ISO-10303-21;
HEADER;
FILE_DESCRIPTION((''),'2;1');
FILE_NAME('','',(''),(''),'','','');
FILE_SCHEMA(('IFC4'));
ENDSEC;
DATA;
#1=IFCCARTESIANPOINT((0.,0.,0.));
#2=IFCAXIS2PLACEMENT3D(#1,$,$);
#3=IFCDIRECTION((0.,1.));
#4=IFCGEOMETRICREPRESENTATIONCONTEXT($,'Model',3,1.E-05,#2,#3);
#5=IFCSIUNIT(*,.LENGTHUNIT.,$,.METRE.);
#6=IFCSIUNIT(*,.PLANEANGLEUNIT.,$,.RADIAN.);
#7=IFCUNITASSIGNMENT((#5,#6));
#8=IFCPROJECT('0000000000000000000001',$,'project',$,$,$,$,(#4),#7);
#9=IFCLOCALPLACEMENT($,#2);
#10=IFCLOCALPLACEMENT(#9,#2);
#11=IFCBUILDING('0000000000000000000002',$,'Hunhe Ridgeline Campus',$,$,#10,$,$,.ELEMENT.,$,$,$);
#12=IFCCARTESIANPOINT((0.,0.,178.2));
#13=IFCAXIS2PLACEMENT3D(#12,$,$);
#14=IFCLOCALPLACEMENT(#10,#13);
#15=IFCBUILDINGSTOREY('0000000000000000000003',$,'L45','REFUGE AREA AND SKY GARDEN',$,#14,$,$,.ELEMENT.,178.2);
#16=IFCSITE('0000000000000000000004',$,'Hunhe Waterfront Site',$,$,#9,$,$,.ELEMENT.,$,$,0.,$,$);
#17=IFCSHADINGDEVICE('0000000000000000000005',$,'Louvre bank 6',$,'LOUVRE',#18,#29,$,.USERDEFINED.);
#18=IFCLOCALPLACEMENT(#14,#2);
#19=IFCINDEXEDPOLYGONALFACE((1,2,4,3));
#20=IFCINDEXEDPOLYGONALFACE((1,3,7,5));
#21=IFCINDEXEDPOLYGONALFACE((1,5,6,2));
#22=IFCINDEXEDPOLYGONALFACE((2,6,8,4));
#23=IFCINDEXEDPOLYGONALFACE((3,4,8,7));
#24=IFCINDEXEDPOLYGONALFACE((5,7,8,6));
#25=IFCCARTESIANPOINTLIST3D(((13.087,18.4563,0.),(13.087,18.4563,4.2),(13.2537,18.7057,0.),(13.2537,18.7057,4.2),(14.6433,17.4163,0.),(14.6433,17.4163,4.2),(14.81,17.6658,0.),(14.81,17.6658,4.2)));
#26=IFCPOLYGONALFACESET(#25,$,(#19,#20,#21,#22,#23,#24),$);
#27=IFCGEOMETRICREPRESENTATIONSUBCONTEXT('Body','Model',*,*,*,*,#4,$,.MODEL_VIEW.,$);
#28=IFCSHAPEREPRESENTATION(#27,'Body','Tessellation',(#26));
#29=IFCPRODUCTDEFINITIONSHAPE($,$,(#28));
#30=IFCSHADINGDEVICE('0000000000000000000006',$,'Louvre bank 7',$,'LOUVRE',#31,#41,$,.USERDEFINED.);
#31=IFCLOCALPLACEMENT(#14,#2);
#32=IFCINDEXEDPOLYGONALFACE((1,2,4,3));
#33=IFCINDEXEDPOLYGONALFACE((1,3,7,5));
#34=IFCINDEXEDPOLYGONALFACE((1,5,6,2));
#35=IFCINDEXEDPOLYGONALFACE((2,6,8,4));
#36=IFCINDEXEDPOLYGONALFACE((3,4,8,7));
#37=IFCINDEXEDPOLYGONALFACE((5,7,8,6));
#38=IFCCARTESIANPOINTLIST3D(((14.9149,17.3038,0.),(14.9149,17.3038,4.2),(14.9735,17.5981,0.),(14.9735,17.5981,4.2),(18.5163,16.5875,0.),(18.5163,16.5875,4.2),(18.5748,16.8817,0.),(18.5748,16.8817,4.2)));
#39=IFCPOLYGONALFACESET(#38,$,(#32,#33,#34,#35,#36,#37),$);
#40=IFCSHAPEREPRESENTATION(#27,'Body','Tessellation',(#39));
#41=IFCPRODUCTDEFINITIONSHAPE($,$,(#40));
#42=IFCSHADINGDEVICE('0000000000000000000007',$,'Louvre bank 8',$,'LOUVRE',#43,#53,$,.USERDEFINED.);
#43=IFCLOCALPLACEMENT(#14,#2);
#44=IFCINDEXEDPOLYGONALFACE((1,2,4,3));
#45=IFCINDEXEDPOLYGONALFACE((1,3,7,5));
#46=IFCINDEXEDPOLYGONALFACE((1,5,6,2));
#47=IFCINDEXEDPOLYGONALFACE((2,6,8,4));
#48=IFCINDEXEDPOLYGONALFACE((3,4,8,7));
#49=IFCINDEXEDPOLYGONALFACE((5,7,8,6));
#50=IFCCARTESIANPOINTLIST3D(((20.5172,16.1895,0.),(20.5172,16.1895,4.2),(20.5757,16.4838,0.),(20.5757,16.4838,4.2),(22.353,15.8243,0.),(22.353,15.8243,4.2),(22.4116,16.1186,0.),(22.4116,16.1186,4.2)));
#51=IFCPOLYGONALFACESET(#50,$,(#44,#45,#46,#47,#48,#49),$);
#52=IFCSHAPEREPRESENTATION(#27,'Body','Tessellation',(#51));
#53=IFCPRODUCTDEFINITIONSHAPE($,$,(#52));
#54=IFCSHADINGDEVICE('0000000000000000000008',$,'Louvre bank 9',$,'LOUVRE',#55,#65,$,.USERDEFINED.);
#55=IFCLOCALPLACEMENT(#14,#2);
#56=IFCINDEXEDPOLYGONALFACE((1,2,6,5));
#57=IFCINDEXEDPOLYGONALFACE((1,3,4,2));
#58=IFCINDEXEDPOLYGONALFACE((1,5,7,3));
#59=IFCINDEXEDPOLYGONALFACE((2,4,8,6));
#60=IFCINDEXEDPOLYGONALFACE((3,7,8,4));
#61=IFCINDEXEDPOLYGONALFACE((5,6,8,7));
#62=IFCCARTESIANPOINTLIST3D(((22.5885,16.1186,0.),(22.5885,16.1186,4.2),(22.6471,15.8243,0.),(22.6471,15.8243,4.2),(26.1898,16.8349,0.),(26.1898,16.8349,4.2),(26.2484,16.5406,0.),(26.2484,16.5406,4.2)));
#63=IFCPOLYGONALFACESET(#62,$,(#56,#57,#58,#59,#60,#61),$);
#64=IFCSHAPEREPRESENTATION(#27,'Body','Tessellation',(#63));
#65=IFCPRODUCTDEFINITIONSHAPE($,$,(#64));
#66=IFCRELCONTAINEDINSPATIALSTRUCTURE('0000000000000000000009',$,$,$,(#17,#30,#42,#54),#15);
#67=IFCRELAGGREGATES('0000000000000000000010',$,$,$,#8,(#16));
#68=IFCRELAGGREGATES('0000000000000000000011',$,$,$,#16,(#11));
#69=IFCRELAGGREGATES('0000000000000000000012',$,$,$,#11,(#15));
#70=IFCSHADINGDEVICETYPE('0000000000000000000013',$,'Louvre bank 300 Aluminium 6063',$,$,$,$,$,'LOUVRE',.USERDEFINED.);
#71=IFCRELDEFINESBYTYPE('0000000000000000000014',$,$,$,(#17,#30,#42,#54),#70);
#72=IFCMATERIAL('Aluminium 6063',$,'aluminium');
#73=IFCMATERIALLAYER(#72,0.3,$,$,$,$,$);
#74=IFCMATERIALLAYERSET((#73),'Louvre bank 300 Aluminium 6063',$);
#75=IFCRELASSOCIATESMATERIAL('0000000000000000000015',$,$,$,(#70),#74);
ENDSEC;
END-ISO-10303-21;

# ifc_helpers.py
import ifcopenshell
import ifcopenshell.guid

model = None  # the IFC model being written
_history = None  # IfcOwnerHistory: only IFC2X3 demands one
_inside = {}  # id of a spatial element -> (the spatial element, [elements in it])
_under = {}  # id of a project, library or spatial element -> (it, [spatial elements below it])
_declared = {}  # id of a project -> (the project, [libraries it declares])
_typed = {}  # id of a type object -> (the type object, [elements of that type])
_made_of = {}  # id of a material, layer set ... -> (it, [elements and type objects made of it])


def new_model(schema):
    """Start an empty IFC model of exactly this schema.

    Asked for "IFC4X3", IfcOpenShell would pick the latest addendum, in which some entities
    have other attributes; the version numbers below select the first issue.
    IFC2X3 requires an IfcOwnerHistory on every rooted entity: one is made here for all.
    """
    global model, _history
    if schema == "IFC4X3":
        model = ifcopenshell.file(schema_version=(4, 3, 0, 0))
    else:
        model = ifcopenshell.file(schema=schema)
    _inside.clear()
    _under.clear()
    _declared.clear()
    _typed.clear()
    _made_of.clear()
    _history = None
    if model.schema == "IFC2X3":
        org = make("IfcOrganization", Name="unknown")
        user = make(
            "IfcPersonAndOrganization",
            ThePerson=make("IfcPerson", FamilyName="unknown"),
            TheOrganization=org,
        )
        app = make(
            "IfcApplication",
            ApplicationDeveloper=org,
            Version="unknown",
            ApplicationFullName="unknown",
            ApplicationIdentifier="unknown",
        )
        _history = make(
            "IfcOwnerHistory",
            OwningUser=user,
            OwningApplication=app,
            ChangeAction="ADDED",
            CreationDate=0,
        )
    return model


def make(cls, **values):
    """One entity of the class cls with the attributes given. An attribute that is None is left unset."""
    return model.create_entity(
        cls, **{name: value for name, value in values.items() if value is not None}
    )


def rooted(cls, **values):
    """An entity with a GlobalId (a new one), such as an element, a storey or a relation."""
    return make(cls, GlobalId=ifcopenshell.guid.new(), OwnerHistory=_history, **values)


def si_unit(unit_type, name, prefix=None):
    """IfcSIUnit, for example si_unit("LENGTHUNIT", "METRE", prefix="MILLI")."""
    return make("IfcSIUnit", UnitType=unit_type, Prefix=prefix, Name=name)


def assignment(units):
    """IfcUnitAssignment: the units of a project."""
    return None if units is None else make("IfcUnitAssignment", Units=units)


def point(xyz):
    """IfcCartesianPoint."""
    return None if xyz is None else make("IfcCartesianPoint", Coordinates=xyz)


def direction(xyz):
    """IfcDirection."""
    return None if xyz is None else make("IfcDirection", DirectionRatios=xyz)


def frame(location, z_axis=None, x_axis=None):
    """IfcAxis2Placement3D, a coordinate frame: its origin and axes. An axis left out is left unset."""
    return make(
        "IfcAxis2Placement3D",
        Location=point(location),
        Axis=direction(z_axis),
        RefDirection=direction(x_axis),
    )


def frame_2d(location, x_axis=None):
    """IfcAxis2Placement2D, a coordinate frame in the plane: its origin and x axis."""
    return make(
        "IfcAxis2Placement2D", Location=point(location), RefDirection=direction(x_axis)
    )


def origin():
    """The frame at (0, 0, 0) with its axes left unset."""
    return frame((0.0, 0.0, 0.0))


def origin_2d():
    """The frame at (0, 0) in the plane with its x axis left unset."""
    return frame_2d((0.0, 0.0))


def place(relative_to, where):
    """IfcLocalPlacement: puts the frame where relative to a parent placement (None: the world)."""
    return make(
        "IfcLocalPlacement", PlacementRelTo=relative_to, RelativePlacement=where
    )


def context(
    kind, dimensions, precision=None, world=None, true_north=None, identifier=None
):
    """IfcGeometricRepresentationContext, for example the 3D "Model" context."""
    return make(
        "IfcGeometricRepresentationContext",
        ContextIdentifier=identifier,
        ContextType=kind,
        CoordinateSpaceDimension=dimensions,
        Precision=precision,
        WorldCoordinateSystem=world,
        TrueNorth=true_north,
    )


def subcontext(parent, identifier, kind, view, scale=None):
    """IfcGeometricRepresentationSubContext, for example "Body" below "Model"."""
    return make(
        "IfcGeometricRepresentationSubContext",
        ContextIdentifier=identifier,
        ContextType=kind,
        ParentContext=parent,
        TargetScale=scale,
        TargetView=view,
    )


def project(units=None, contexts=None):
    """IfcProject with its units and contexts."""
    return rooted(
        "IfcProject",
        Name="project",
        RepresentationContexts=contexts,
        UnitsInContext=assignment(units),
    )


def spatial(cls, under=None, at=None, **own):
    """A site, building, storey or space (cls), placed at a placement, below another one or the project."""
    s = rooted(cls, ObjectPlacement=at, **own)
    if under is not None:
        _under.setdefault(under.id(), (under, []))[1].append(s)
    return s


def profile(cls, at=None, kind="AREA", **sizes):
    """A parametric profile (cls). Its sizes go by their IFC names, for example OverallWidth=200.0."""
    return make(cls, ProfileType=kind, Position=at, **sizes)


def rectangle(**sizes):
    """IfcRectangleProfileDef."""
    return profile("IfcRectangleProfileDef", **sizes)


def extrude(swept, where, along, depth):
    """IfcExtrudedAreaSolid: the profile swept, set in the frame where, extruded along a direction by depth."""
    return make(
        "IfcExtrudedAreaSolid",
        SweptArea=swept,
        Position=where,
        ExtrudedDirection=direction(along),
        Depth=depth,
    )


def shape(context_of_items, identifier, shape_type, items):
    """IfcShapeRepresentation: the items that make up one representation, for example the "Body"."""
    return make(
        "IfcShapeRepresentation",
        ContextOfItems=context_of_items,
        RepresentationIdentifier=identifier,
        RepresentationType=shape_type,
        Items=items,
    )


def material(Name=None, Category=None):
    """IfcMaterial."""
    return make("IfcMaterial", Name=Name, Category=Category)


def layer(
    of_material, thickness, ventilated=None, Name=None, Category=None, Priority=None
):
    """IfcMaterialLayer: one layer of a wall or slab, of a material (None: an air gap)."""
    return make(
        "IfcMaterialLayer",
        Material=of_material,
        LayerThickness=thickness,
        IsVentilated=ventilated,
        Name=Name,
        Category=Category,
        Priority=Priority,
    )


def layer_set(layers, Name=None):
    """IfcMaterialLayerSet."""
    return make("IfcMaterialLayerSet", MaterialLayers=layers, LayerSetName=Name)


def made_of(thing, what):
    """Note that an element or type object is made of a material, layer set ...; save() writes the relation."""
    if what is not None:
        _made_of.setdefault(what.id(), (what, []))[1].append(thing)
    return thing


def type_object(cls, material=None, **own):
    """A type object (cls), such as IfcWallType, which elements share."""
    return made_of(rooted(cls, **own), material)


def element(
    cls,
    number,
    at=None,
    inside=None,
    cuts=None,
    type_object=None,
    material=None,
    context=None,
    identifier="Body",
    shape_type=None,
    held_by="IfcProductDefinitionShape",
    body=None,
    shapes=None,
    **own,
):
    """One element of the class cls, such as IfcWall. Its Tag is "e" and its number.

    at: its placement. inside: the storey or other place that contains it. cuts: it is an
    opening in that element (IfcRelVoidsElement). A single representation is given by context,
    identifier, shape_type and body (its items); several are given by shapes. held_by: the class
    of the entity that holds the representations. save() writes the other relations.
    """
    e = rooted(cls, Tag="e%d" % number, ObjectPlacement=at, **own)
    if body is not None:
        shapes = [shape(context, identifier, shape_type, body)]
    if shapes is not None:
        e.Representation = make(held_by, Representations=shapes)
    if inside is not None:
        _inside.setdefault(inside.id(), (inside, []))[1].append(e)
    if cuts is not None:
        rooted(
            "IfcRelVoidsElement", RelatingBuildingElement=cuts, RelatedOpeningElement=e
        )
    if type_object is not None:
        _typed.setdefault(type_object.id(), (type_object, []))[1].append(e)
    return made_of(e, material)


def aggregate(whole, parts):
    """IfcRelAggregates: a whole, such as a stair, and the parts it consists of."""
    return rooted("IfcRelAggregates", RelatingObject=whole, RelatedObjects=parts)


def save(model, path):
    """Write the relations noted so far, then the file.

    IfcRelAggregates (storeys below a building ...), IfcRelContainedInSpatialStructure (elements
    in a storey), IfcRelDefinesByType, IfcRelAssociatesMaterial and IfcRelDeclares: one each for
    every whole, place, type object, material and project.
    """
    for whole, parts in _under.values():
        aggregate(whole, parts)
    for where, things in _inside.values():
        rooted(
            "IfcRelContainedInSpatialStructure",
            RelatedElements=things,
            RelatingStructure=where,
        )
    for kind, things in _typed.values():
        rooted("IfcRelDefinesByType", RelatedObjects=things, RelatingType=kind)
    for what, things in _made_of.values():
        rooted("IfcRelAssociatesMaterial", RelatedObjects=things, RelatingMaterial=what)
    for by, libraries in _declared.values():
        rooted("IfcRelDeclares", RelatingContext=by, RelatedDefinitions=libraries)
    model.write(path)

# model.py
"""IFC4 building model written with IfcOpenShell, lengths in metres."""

from ifc_helpers import new_model, si_unit, direction, frame, origin, origin_2d, place, context, subcontext, project, spatial, rectangle, extrude, material, layer, layer_set, type_object, element, save


model = new_model("IFC4")

# Units and contexts
model_context = context("Model", 3, precision=1e-05, world=origin(), true_north=direction((0.0, 1.0)))
body_context = subcontext(model_context, "Body", "Model", "MODEL_VIEW")
ifc_project = project(units=[si_unit("LENGTHUNIT", "METRE"), si_unit("PLANEANGLEUNIT", "RADIAN")], contexts=[model_context])

# Site, building, storey
site_placement = place(None, origin())
site = spatial("IfcSite", under=ifc_project, at=site_placement, Name="Hunhe Waterfront Site", CompositionType="ELEMENT", RefElevation=0.0)
building_placement = place(site_placement, origin())
building = spatial("IfcBuilding", under=site, at=building_placement, Name="Hunhe Ridgeline Campus", CompositionType="ELEMENT")
storey_placement = place(building_placement, frame((0.0, 0.0, 178.2)))
storey = spatial("IfcBuildingStorey", under=building, at=storey_placement, Name="L45", Description="REFUGE AREA AND SKY GARDEN", CompositionType="ELEMENT", Elevation=178.2)

# Shared definitions
ifc_material_1 = material(Name="Aluminium 6063", Category="aluminium")

# Shading devices
ifc_layer_1 = layer(ifc_material_1, 0.3)
ifc_layer_set_1 = layer_set([ifc_layer_1], Name="Louvre bank 300 Aluminium 6063")
shading_device_type = type_object("IfcShadingDeviceType", Name="Louvre bank 300 Aluminium 6063", ElementType="LOUVRE", PredefinedType="USERDEFINED", material=ifc_layer_set_1)
shading_device_1_placement = place(storey_placement, frame((13.9485, 18.061, 0.0), z_axis=(0.0, 0.0, 1.0), x_axis=(0.83147, -0.55557, 0.0)))
element("IfcShadingDevice", 1, at=shading_device_1_placement, inside=storey, type_object=shading_device_type, Name="Louvre bank 6", ObjectType="LOUVRE", PredefinedType="USERDEFINED", context=body_context, shape_type="SweptSolid", body=[
    extrude(rectangle(XDim=1.8718, YDim=0.3, at=origin_2d()), origin(), (0.0, 0.0, 1.0), 4.2),
])
shading_device_2_placement = place(storey_placement, frame((16.7449, 17.0928, 0.0), z_axis=(0.0, 0.0, 1.0), x_axis=(0.980785, -0.19509, 0.0)))
element("IfcShadingDevice", 2, at=shading_device_2_placement, inside=storey, type_object=shading_device_type, Name="Louvre bank 7", ObjectType="LOUVRE", PredefinedType="USERDEFINED", context=body_context, shape_type="SweptSolid", body=[
    extrude(rectangle(XDim=3.6719, YDim=0.3, at=origin_2d()), origin(), (0.0, 0.0, 1.0), 4.2),
])
shading_device_3_placement = place(storey_placement, frame((21.4644, 16.1541, 0.0), z_axis=(0.0, 0.0, 1.0), x_axis=(0.980785, -0.19509, 0.0)))
element("IfcShadingDevice", 3, at=shading_device_3_placement, inside=storey, type_object=shading_device_type, Name="Louvre bank 8", ObjectType="LOUVRE", PredefinedType="USERDEFINED", context=body_context, shape_type="SweptSolid", body=[
    extrude(rectangle(XDim=1.8718, YDim=0.3, at=origin_2d()), origin(), (0.0, 0.0, 1.0), 4.2),
])
shading_device_4_placement = place(storey_placement, frame((24.4185, 16.3296, 0.0), z_axis=(0.0, 0.0, 1.0), x_axis=(0.980785, 0.19509, 0.0)))
element("IfcShadingDevice", 4, at=shading_device_4_placement, inside=storey, type_object=shading_device_type, Name="Louvre bank 9", ObjectType="LOUVRE", PredefinedType="USERDEFINED", context=body_context, shape_type="SweptSolid", body=[
    extrude(rectangle(XDim=3.6719, YDim=0.3, at=origin_2d()), origin(), (0.0, 0.0, 1.0), 4.2),
])

save(model, "model.ifc")
